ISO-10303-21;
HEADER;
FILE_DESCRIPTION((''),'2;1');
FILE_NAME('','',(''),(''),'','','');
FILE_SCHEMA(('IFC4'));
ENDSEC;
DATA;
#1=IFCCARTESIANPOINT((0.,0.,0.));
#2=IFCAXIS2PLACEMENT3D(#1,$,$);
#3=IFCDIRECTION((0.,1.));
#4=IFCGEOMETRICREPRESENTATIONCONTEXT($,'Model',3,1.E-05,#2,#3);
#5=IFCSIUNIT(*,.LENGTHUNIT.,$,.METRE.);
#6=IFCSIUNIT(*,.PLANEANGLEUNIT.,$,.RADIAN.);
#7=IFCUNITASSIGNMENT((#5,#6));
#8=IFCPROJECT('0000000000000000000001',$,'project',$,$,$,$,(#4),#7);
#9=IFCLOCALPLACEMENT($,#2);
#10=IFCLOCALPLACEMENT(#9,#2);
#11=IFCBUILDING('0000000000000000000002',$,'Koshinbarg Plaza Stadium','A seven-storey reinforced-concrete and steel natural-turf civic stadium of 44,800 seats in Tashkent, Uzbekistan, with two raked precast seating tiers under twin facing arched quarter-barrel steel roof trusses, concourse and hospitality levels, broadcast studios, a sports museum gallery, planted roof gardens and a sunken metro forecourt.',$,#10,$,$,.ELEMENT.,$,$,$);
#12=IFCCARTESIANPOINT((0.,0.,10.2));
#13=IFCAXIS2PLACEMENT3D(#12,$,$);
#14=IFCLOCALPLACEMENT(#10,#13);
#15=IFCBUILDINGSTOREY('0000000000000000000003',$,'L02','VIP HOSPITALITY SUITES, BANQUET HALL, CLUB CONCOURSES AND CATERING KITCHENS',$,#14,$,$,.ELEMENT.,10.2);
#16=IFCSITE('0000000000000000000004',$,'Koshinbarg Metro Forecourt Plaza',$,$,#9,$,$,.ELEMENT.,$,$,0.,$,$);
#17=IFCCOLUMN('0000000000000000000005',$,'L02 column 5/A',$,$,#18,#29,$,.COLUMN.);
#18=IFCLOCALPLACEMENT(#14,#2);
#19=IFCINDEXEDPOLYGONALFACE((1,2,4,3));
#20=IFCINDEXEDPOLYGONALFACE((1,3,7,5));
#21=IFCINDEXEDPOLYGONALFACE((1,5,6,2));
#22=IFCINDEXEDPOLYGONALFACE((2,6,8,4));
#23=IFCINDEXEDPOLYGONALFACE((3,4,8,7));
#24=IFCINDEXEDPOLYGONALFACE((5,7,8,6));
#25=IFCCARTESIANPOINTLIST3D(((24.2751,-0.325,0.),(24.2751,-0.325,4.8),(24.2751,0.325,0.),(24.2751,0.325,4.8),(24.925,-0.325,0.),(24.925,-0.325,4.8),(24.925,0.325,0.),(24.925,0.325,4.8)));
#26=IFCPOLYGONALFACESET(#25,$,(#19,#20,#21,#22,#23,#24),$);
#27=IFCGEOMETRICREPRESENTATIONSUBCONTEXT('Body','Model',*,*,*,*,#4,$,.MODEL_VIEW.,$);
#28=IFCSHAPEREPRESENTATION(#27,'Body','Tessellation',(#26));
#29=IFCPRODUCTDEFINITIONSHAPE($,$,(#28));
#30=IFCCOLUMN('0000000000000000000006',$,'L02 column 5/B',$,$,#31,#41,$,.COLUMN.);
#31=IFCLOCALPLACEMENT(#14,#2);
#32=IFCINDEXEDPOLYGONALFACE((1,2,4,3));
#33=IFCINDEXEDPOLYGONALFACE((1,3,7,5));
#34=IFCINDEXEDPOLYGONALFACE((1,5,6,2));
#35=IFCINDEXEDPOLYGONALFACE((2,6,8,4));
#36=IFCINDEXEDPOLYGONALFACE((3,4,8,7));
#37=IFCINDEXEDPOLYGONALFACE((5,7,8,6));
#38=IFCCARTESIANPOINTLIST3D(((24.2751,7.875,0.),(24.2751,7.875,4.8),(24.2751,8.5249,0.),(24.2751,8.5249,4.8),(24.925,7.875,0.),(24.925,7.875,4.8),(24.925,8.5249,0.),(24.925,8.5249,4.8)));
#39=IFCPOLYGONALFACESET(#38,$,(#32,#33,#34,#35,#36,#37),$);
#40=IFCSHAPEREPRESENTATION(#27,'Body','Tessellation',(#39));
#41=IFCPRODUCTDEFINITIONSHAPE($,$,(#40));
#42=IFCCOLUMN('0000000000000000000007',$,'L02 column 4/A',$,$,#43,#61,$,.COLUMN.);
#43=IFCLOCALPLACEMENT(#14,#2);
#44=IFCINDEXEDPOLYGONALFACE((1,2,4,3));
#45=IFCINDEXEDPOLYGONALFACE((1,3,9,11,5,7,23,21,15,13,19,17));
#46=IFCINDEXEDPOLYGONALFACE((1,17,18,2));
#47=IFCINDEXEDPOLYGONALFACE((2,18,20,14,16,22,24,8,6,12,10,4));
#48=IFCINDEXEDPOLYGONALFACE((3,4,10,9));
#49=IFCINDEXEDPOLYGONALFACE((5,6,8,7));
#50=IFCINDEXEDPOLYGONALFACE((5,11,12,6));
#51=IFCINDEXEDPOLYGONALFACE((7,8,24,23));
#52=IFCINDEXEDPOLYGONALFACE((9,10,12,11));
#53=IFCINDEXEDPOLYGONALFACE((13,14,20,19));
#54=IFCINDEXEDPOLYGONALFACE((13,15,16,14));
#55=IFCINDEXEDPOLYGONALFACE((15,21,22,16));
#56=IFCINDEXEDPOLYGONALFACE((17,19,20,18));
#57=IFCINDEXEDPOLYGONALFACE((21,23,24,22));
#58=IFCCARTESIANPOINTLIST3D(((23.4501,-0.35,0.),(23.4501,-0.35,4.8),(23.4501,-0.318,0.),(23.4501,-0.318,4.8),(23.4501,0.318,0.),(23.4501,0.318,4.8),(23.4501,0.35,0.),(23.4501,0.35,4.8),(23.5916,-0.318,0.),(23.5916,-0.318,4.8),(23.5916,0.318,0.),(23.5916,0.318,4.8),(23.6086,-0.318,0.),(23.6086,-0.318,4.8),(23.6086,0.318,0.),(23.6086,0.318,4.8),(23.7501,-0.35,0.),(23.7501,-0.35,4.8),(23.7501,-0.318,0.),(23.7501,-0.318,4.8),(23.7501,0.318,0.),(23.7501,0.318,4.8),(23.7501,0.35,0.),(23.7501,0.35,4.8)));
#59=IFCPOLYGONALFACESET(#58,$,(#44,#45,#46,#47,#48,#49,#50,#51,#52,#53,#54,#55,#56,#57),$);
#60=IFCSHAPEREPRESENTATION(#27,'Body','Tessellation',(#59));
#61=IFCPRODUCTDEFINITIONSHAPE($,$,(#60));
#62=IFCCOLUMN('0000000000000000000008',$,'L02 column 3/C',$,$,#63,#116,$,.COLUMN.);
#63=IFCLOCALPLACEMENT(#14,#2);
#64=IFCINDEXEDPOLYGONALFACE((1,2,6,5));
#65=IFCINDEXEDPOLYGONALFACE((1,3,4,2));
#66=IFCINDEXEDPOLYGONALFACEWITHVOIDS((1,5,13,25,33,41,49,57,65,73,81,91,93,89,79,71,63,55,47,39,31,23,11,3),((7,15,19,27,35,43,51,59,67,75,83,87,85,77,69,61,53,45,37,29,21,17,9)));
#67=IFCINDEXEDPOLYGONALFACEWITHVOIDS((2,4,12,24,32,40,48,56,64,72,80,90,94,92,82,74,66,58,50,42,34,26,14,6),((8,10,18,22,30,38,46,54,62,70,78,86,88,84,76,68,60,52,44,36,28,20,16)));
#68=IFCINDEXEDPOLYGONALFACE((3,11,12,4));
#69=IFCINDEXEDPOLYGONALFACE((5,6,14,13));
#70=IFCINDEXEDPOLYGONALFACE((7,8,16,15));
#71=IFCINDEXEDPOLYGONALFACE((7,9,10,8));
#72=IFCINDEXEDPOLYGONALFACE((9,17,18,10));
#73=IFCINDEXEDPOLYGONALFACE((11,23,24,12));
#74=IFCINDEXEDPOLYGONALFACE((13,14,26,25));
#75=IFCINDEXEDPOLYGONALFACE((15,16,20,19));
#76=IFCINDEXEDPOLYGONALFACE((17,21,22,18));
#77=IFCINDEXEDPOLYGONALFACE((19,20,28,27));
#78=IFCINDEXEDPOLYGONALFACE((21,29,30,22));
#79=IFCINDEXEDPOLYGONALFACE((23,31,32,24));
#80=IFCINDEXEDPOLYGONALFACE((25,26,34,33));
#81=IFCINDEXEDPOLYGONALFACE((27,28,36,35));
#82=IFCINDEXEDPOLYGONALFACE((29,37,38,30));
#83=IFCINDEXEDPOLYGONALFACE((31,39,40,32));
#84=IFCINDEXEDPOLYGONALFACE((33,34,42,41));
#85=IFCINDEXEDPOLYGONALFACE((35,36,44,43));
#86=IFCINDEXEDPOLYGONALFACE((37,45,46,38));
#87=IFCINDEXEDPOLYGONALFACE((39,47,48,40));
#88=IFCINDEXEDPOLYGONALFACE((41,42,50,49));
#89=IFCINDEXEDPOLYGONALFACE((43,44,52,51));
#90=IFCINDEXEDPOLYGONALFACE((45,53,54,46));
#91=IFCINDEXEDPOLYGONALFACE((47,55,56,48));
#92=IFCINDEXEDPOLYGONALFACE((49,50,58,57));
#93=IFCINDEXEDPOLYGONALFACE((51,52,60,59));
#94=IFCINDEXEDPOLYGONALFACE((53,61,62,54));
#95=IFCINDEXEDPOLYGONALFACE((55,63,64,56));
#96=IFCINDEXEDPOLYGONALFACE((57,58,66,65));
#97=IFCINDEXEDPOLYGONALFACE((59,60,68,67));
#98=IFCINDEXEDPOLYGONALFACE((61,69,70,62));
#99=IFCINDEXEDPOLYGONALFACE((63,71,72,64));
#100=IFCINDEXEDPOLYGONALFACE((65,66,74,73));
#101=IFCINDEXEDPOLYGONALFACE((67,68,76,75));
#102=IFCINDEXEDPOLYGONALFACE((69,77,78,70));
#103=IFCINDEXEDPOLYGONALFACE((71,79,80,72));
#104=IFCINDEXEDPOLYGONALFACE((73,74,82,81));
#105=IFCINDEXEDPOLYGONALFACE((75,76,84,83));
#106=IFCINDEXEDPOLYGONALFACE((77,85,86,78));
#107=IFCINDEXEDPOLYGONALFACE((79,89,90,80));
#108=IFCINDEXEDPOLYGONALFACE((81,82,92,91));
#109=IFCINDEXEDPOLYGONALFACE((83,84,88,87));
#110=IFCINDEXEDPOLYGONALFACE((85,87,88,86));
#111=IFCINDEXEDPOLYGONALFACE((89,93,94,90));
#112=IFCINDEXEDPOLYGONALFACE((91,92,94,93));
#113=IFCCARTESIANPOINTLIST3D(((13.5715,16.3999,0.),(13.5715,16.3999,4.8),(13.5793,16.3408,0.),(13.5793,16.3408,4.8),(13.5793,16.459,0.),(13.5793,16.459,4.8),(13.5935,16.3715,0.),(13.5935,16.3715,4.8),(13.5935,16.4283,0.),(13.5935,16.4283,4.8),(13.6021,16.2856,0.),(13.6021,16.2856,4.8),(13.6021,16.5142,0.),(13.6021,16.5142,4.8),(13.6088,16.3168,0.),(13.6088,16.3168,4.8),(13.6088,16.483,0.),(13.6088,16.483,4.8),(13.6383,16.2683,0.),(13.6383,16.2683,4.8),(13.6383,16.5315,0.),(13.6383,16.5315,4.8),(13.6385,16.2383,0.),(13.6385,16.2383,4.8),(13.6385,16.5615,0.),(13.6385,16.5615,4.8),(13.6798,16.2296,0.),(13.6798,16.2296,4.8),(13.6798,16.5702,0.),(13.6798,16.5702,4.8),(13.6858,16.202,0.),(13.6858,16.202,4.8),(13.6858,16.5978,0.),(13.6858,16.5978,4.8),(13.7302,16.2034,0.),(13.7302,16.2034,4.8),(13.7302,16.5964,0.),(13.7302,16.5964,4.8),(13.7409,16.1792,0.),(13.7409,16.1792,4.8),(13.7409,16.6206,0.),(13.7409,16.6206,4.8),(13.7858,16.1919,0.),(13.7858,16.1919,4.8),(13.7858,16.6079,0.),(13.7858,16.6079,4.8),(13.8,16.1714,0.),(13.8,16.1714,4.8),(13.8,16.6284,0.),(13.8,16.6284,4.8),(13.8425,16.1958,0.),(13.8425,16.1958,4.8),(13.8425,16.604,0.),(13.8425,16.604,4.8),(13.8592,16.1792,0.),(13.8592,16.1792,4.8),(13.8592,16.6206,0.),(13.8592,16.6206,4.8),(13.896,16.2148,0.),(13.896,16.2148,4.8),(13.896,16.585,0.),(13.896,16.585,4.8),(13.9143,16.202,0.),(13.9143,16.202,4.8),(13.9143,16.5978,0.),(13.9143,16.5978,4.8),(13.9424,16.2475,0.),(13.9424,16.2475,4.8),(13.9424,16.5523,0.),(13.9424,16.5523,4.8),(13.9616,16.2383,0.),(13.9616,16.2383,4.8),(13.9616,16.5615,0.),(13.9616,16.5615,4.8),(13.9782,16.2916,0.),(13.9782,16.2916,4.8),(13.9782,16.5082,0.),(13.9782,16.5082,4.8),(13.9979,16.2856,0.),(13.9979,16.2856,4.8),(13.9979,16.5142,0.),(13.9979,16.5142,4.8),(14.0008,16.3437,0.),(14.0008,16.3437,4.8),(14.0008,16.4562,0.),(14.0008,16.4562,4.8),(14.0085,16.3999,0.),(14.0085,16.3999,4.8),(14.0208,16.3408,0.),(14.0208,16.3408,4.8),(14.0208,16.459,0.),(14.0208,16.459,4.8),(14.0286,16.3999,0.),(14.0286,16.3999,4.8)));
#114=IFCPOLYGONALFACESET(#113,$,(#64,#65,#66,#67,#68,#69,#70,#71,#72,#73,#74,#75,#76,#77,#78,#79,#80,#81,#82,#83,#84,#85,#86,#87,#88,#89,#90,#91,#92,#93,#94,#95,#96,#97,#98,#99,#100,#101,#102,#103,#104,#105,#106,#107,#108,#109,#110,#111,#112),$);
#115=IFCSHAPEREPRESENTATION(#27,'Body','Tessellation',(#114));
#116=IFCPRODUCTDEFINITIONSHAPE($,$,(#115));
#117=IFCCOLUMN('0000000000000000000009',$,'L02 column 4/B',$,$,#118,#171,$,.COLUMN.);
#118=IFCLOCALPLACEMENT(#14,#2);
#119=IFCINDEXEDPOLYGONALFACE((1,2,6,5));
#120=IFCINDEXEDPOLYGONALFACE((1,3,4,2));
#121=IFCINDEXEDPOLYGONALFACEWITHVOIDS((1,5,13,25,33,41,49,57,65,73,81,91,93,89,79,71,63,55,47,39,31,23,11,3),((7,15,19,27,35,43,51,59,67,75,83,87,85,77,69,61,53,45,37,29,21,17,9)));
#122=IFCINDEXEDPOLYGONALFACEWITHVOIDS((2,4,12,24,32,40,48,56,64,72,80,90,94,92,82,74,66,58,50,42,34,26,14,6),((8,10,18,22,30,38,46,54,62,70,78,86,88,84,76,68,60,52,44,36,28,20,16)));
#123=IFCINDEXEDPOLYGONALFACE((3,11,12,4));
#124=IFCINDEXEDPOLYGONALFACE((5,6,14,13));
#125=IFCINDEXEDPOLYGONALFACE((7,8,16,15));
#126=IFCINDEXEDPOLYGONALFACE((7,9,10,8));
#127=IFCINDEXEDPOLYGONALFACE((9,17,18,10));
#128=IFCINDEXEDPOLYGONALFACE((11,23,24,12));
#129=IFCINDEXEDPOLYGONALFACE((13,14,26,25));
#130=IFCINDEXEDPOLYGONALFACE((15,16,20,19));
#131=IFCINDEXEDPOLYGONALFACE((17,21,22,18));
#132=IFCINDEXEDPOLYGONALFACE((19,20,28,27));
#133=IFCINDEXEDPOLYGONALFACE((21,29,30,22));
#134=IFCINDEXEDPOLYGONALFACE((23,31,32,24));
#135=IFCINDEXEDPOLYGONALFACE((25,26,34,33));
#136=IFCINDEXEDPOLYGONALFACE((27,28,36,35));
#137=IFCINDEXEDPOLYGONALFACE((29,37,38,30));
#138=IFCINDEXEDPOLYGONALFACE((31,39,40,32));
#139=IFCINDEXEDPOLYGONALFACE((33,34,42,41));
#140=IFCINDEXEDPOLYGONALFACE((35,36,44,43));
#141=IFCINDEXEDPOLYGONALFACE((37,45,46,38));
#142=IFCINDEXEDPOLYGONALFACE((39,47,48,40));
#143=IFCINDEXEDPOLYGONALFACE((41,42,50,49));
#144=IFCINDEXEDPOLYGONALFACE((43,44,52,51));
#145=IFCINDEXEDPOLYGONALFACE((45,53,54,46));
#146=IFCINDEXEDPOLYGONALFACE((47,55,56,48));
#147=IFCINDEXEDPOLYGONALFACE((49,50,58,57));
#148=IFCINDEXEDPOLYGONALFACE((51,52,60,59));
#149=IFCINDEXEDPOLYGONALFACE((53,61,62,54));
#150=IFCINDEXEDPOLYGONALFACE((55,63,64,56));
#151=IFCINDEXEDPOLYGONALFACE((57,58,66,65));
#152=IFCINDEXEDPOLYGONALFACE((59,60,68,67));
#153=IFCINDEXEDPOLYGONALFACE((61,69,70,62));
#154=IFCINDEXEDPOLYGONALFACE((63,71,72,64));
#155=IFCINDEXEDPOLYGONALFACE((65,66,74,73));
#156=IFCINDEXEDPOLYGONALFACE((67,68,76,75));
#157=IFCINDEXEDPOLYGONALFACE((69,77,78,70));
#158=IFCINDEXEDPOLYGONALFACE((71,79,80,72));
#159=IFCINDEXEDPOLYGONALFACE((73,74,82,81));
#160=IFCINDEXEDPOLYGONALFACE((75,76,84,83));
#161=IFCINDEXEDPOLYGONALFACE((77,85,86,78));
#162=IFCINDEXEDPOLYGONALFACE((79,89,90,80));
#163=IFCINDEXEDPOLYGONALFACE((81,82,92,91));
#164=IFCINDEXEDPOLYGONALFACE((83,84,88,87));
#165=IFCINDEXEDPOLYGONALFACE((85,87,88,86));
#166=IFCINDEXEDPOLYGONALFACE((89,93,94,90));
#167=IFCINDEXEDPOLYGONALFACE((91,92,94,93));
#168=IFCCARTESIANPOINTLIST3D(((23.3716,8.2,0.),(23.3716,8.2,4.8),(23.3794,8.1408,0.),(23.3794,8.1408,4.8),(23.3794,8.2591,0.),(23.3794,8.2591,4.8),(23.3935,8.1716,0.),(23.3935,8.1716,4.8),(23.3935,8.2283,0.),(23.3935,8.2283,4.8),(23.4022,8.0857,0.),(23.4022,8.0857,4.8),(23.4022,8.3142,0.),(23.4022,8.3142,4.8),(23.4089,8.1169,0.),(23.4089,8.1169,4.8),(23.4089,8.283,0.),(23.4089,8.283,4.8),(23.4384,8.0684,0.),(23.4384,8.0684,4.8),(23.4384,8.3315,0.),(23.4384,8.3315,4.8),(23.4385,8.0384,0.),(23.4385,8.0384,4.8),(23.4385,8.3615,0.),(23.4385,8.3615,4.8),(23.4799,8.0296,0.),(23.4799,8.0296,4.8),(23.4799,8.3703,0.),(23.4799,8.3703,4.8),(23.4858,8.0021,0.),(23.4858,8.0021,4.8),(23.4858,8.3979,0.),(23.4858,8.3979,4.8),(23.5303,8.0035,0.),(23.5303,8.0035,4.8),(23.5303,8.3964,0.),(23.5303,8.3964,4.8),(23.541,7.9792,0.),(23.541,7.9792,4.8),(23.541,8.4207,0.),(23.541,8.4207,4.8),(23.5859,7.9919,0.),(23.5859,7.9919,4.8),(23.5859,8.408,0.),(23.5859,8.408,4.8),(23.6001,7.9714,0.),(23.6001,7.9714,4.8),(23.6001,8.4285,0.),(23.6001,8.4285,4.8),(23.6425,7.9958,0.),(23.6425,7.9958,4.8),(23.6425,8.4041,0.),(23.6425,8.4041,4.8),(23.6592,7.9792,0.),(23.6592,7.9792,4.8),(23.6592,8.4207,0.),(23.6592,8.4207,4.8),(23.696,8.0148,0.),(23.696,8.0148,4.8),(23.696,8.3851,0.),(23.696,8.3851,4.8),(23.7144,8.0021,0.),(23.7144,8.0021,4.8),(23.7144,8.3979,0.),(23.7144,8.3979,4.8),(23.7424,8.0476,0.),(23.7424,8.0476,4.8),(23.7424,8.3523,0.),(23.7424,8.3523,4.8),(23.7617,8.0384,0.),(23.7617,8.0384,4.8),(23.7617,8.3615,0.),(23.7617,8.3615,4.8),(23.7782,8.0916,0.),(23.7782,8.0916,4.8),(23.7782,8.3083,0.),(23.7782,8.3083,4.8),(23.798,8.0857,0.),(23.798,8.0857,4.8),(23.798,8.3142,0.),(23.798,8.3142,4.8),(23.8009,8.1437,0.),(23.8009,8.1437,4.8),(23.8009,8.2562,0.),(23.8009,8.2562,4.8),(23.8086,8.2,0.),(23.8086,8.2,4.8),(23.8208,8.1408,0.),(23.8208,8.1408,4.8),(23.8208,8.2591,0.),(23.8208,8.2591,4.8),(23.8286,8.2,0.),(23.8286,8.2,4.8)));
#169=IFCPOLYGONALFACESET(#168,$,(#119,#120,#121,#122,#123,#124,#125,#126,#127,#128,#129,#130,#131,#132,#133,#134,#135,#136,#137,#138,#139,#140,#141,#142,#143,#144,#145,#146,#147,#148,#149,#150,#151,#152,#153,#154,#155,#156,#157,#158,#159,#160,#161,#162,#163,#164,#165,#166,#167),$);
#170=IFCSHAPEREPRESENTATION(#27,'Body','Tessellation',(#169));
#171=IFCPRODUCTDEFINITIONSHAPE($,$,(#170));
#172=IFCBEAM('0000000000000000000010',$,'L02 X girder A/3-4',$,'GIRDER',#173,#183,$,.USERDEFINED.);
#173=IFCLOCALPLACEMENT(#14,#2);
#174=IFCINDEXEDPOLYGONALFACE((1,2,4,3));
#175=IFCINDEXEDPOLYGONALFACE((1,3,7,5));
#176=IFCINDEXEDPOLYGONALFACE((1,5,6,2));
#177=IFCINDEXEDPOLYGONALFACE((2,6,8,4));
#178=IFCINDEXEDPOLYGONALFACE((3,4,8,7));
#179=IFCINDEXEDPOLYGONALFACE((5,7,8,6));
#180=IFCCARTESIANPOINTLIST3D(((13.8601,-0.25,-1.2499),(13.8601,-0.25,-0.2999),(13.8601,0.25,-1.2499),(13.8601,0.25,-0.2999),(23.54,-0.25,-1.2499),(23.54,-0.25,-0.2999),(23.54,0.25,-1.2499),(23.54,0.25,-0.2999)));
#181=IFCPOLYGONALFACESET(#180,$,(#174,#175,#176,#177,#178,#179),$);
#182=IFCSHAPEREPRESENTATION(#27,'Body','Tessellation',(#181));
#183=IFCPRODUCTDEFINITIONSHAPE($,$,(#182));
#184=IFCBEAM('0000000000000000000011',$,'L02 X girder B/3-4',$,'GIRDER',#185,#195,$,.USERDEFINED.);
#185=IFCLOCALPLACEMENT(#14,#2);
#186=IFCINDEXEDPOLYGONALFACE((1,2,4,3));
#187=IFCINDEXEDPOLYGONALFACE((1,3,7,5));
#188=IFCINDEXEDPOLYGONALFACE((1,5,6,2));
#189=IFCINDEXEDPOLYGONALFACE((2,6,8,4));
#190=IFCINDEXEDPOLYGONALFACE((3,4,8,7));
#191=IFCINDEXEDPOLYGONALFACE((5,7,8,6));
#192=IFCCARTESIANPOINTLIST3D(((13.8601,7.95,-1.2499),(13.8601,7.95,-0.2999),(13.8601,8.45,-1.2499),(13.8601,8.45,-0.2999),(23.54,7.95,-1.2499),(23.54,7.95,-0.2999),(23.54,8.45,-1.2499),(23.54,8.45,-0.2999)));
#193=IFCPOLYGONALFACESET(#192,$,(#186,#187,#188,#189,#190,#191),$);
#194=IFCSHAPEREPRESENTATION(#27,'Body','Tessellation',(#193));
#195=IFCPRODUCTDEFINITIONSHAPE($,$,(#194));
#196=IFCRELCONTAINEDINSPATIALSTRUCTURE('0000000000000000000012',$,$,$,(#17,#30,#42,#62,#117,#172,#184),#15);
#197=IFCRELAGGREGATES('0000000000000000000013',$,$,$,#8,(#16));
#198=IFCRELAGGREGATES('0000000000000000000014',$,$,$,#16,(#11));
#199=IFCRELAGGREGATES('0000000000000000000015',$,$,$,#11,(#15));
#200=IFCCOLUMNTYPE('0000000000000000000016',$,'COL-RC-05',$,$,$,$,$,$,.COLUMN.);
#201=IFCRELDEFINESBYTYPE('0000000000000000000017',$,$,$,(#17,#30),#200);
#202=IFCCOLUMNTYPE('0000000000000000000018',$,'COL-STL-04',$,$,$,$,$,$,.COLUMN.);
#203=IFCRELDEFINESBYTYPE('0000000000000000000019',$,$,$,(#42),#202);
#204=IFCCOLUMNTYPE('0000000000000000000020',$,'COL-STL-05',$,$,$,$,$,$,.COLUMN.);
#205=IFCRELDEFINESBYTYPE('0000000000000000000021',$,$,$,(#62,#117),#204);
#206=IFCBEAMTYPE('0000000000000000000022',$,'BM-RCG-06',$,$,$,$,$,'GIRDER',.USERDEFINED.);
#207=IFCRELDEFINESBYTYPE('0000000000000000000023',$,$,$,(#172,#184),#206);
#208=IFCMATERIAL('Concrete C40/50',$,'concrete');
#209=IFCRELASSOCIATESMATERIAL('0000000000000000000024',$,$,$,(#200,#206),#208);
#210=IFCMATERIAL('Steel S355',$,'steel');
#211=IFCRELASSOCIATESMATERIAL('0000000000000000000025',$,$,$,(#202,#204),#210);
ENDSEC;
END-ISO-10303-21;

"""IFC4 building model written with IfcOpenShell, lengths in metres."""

from ifc_helpers import new_model, si_unit, direction, frame, origin, origin_2d, place, context, subcontext, project, spatial, rectangle, hollow_circle, i_section, extrude, material, material_profile, profile_set, type_object, element, save


model = new_model("IFC4")

# Units and contexts
model_context = context("Model", 3, precision=1e-05, world=origin(), true_north=direction((0.0, 1.0)))
body_context = subcontext(model_context, "Body", "Model", "MODEL_VIEW")
ifc_project = project(units=[si_unit("LENGTHUNIT", "METRE"), si_unit("PLANEANGLEUNIT", "RADIAN")], contexts=[model_context])

# Site, building, storey
site_placement = place(None, origin())
site = spatial("IfcSite", under=ifc_project, at=site_placement, Name="Koshinbarg Metro Forecourt Plaza", CompositionType="ELEMENT", RefElevation=0.0)
building_placement = place(site_placement, origin())
building = spatial("IfcBuilding", under=site, at=building_placement, Name="Koshinbarg Plaza Stadium", Description="A seven-storey reinforced-concrete and steel natural-turf civic stadium of 44,800 seats in Tashkent, Uzbekistan, with two raked precast seating tiers under twin facing arched quarter-barrel steel roof trusses, concourse and hospitality levels, broadcast studios, a sports museum gallery, planted roof gardens and a sunken metro forecourt.", CompositionType="ELEMENT")
storey_placement = place(building_placement, frame((0.0, 0.0, 10.2)))
storey = spatial("IfcBuildingStorey", under=building, at=storey_placement, Name="L02", Description="VIP HOSPITALITY SUITES, BANQUET HALL, CLUB CONCOURSES AND CATERING KITCHENS", CompositionType="ELEMENT", Elevation=10.2)

# Columns
ifc_material_1 = material(Name="Concrete C40/50", Category="concrete")
ifc_material_profile_1 = material_profile(ifc_material_1, rectangle(XDim=0.6499, YDim=0.6499, at=origin_2d()), Name="RC 650x650")
ifc_profile_set_1 = profile_set([ifc_material_profile_1], Name="Concrete C40/50")
column_type_1 = type_object("IfcColumnType", Name="COL-RC-05", PredefinedType="COLUMN", material=ifc_profile_set_1)
for number, where, z_axis, x_axis, name in (
    (1, (24.6001, 0.0, 0.0), (0.0, 0.0, 1.0), (1.0, 0.0, 0.0), "L02 column 5/A"),
    (2, (24.6001, 8.2, 0.0), (0.0, 0.0, 1.0), (1.0, 0.0, 0.0), "L02 column 5/B"),
):
    element("IfcColumn", number, at=place(storey_placement, frame(where, z_axis=z_axis, x_axis=x_axis)), inside=storey, type_object=column_type_1, Name=name, PredefinedType="COLUMN", context=body_context, shape_type="SweptSolid", body=[
        extrude(rectangle(XDim=0.6499, YDim=0.6499, at=origin_2d()), origin(), (0.0, 0.0, 1.0), 4.8),
    ])
ifc_material_2 = material(Name="Steel S355", Category="steel")
ifc_material_profile_2 = material_profile(ifc_material_2, i_section(OverallWidth=0.3, OverallDepth=0.7, WebThickness=0.0171, FlangeThickness=0.032, at=origin_2d()), Name="HEB 700")
ifc_profile_set_2 = profile_set([ifc_material_profile_2], Name="Steel S355")
column_type_2 = type_object("IfcColumnType", Name="COL-STL-04", PredefinedType="COLUMN", material=ifc_profile_set_2)
column_placement = place(storey_placement, frame((23.6001, 0.0, 0.0), z_axis=(0.0, 0.0, 1.0), x_axis=(1.0, 0.0, 0.0)))
element("IfcColumn", 3, at=column_placement, inside=storey, type_object=column_type_2, Name="L02 column 4/A", PredefinedType="COLUMN", context=body_context, shape_type="SweptSolid", body=[
    extrude(i_section(OverallWidth=0.3, OverallDepth=0.7, WebThickness=0.0171, FlangeThickness=0.032, at=origin_2d()), origin(), (0.0, 0.0, 1.0), 4.8),
])
ifc_material_profile_3 = material_profile(ifc_material_2, hollow_circle(Radius=0.2285, WallThickness=0.02, at=origin_2d()), Name="CHS 457x20")
ifc_profile_set_3 = profile_set([ifc_material_profile_3], Name="Steel S355")
column_type_3 = type_object("IfcColumnType", Name="COL-STL-05", PredefinedType="COLUMN", material=ifc_profile_set_3)
for number, where, z_axis, x_axis, name in (
    (4, (13.8, 16.3999, 0.0), (0.0, 0.0, 1.0), (1.0, 0.0, 0.0), "L02 column 3/C"),
    (5, (23.6001, 8.2, 0.0), (0.0, 0.0, 1.0), (1.0, 0.0, 0.0), "L02 column 4/B"),
):
    element("IfcColumn", number, at=place(storey_placement, frame(where, z_axis=z_axis, x_axis=x_axis)), inside=storey, type_object=column_type_3, Name=name, PredefinedType="COLUMN", context=body_context, shape_type="SweptSolid", body=[
        extrude(hollow_circle(Radius=0.2285, WallThickness=0.02, at=origin_2d()), origin(), (0.0, 0.0, 1.0), 4.8),
    ])

# Beams
ifc_material_profile_4 = material_profile(ifc_material_1, rectangle(XDim=0.5, YDim=0.95, at=origin_2d()), Name="RC 500x950")
ifc_profile_set_4 = profile_set([ifc_material_profile_4], Name="Concrete C40/50")
beam_type_1 = type_object("IfcBeamType", Name="BM-RCG-06", ElementType="GIRDER", PredefinedType="USERDEFINED", material=ifc_profile_set_4)
for number, where, z_axis, x_axis, name in (
    (6, (13.8601, 0.0, -0.7749), (1.0, 0.0, 0.0), (0.0, 1.0, 0.0), "L02 X girder A/3-4"),
    (7, (13.8601, 8.2, -0.7749), (1.0, 0.0, 0.0), (0.0, 1.0, 0.0), "L02 X girder B/3-4"),
):
    element("IfcBeam", number, at=place(storey_placement, frame(where, z_axis=z_axis, x_axis=x_axis)), inside=storey, type_object=beam_type_1, Name=name, ObjectType="GIRDER", PredefinedType="USERDEFINED", context=body_context, shape_type="SweptSolid", body=[
        extrude(rectangle(XDim=0.5, YDim=0.95, at=origin_2d()), origin(), (0.0, 0.0, 1.0), 9.6799),
    ])

save(model, "model.ifc")
